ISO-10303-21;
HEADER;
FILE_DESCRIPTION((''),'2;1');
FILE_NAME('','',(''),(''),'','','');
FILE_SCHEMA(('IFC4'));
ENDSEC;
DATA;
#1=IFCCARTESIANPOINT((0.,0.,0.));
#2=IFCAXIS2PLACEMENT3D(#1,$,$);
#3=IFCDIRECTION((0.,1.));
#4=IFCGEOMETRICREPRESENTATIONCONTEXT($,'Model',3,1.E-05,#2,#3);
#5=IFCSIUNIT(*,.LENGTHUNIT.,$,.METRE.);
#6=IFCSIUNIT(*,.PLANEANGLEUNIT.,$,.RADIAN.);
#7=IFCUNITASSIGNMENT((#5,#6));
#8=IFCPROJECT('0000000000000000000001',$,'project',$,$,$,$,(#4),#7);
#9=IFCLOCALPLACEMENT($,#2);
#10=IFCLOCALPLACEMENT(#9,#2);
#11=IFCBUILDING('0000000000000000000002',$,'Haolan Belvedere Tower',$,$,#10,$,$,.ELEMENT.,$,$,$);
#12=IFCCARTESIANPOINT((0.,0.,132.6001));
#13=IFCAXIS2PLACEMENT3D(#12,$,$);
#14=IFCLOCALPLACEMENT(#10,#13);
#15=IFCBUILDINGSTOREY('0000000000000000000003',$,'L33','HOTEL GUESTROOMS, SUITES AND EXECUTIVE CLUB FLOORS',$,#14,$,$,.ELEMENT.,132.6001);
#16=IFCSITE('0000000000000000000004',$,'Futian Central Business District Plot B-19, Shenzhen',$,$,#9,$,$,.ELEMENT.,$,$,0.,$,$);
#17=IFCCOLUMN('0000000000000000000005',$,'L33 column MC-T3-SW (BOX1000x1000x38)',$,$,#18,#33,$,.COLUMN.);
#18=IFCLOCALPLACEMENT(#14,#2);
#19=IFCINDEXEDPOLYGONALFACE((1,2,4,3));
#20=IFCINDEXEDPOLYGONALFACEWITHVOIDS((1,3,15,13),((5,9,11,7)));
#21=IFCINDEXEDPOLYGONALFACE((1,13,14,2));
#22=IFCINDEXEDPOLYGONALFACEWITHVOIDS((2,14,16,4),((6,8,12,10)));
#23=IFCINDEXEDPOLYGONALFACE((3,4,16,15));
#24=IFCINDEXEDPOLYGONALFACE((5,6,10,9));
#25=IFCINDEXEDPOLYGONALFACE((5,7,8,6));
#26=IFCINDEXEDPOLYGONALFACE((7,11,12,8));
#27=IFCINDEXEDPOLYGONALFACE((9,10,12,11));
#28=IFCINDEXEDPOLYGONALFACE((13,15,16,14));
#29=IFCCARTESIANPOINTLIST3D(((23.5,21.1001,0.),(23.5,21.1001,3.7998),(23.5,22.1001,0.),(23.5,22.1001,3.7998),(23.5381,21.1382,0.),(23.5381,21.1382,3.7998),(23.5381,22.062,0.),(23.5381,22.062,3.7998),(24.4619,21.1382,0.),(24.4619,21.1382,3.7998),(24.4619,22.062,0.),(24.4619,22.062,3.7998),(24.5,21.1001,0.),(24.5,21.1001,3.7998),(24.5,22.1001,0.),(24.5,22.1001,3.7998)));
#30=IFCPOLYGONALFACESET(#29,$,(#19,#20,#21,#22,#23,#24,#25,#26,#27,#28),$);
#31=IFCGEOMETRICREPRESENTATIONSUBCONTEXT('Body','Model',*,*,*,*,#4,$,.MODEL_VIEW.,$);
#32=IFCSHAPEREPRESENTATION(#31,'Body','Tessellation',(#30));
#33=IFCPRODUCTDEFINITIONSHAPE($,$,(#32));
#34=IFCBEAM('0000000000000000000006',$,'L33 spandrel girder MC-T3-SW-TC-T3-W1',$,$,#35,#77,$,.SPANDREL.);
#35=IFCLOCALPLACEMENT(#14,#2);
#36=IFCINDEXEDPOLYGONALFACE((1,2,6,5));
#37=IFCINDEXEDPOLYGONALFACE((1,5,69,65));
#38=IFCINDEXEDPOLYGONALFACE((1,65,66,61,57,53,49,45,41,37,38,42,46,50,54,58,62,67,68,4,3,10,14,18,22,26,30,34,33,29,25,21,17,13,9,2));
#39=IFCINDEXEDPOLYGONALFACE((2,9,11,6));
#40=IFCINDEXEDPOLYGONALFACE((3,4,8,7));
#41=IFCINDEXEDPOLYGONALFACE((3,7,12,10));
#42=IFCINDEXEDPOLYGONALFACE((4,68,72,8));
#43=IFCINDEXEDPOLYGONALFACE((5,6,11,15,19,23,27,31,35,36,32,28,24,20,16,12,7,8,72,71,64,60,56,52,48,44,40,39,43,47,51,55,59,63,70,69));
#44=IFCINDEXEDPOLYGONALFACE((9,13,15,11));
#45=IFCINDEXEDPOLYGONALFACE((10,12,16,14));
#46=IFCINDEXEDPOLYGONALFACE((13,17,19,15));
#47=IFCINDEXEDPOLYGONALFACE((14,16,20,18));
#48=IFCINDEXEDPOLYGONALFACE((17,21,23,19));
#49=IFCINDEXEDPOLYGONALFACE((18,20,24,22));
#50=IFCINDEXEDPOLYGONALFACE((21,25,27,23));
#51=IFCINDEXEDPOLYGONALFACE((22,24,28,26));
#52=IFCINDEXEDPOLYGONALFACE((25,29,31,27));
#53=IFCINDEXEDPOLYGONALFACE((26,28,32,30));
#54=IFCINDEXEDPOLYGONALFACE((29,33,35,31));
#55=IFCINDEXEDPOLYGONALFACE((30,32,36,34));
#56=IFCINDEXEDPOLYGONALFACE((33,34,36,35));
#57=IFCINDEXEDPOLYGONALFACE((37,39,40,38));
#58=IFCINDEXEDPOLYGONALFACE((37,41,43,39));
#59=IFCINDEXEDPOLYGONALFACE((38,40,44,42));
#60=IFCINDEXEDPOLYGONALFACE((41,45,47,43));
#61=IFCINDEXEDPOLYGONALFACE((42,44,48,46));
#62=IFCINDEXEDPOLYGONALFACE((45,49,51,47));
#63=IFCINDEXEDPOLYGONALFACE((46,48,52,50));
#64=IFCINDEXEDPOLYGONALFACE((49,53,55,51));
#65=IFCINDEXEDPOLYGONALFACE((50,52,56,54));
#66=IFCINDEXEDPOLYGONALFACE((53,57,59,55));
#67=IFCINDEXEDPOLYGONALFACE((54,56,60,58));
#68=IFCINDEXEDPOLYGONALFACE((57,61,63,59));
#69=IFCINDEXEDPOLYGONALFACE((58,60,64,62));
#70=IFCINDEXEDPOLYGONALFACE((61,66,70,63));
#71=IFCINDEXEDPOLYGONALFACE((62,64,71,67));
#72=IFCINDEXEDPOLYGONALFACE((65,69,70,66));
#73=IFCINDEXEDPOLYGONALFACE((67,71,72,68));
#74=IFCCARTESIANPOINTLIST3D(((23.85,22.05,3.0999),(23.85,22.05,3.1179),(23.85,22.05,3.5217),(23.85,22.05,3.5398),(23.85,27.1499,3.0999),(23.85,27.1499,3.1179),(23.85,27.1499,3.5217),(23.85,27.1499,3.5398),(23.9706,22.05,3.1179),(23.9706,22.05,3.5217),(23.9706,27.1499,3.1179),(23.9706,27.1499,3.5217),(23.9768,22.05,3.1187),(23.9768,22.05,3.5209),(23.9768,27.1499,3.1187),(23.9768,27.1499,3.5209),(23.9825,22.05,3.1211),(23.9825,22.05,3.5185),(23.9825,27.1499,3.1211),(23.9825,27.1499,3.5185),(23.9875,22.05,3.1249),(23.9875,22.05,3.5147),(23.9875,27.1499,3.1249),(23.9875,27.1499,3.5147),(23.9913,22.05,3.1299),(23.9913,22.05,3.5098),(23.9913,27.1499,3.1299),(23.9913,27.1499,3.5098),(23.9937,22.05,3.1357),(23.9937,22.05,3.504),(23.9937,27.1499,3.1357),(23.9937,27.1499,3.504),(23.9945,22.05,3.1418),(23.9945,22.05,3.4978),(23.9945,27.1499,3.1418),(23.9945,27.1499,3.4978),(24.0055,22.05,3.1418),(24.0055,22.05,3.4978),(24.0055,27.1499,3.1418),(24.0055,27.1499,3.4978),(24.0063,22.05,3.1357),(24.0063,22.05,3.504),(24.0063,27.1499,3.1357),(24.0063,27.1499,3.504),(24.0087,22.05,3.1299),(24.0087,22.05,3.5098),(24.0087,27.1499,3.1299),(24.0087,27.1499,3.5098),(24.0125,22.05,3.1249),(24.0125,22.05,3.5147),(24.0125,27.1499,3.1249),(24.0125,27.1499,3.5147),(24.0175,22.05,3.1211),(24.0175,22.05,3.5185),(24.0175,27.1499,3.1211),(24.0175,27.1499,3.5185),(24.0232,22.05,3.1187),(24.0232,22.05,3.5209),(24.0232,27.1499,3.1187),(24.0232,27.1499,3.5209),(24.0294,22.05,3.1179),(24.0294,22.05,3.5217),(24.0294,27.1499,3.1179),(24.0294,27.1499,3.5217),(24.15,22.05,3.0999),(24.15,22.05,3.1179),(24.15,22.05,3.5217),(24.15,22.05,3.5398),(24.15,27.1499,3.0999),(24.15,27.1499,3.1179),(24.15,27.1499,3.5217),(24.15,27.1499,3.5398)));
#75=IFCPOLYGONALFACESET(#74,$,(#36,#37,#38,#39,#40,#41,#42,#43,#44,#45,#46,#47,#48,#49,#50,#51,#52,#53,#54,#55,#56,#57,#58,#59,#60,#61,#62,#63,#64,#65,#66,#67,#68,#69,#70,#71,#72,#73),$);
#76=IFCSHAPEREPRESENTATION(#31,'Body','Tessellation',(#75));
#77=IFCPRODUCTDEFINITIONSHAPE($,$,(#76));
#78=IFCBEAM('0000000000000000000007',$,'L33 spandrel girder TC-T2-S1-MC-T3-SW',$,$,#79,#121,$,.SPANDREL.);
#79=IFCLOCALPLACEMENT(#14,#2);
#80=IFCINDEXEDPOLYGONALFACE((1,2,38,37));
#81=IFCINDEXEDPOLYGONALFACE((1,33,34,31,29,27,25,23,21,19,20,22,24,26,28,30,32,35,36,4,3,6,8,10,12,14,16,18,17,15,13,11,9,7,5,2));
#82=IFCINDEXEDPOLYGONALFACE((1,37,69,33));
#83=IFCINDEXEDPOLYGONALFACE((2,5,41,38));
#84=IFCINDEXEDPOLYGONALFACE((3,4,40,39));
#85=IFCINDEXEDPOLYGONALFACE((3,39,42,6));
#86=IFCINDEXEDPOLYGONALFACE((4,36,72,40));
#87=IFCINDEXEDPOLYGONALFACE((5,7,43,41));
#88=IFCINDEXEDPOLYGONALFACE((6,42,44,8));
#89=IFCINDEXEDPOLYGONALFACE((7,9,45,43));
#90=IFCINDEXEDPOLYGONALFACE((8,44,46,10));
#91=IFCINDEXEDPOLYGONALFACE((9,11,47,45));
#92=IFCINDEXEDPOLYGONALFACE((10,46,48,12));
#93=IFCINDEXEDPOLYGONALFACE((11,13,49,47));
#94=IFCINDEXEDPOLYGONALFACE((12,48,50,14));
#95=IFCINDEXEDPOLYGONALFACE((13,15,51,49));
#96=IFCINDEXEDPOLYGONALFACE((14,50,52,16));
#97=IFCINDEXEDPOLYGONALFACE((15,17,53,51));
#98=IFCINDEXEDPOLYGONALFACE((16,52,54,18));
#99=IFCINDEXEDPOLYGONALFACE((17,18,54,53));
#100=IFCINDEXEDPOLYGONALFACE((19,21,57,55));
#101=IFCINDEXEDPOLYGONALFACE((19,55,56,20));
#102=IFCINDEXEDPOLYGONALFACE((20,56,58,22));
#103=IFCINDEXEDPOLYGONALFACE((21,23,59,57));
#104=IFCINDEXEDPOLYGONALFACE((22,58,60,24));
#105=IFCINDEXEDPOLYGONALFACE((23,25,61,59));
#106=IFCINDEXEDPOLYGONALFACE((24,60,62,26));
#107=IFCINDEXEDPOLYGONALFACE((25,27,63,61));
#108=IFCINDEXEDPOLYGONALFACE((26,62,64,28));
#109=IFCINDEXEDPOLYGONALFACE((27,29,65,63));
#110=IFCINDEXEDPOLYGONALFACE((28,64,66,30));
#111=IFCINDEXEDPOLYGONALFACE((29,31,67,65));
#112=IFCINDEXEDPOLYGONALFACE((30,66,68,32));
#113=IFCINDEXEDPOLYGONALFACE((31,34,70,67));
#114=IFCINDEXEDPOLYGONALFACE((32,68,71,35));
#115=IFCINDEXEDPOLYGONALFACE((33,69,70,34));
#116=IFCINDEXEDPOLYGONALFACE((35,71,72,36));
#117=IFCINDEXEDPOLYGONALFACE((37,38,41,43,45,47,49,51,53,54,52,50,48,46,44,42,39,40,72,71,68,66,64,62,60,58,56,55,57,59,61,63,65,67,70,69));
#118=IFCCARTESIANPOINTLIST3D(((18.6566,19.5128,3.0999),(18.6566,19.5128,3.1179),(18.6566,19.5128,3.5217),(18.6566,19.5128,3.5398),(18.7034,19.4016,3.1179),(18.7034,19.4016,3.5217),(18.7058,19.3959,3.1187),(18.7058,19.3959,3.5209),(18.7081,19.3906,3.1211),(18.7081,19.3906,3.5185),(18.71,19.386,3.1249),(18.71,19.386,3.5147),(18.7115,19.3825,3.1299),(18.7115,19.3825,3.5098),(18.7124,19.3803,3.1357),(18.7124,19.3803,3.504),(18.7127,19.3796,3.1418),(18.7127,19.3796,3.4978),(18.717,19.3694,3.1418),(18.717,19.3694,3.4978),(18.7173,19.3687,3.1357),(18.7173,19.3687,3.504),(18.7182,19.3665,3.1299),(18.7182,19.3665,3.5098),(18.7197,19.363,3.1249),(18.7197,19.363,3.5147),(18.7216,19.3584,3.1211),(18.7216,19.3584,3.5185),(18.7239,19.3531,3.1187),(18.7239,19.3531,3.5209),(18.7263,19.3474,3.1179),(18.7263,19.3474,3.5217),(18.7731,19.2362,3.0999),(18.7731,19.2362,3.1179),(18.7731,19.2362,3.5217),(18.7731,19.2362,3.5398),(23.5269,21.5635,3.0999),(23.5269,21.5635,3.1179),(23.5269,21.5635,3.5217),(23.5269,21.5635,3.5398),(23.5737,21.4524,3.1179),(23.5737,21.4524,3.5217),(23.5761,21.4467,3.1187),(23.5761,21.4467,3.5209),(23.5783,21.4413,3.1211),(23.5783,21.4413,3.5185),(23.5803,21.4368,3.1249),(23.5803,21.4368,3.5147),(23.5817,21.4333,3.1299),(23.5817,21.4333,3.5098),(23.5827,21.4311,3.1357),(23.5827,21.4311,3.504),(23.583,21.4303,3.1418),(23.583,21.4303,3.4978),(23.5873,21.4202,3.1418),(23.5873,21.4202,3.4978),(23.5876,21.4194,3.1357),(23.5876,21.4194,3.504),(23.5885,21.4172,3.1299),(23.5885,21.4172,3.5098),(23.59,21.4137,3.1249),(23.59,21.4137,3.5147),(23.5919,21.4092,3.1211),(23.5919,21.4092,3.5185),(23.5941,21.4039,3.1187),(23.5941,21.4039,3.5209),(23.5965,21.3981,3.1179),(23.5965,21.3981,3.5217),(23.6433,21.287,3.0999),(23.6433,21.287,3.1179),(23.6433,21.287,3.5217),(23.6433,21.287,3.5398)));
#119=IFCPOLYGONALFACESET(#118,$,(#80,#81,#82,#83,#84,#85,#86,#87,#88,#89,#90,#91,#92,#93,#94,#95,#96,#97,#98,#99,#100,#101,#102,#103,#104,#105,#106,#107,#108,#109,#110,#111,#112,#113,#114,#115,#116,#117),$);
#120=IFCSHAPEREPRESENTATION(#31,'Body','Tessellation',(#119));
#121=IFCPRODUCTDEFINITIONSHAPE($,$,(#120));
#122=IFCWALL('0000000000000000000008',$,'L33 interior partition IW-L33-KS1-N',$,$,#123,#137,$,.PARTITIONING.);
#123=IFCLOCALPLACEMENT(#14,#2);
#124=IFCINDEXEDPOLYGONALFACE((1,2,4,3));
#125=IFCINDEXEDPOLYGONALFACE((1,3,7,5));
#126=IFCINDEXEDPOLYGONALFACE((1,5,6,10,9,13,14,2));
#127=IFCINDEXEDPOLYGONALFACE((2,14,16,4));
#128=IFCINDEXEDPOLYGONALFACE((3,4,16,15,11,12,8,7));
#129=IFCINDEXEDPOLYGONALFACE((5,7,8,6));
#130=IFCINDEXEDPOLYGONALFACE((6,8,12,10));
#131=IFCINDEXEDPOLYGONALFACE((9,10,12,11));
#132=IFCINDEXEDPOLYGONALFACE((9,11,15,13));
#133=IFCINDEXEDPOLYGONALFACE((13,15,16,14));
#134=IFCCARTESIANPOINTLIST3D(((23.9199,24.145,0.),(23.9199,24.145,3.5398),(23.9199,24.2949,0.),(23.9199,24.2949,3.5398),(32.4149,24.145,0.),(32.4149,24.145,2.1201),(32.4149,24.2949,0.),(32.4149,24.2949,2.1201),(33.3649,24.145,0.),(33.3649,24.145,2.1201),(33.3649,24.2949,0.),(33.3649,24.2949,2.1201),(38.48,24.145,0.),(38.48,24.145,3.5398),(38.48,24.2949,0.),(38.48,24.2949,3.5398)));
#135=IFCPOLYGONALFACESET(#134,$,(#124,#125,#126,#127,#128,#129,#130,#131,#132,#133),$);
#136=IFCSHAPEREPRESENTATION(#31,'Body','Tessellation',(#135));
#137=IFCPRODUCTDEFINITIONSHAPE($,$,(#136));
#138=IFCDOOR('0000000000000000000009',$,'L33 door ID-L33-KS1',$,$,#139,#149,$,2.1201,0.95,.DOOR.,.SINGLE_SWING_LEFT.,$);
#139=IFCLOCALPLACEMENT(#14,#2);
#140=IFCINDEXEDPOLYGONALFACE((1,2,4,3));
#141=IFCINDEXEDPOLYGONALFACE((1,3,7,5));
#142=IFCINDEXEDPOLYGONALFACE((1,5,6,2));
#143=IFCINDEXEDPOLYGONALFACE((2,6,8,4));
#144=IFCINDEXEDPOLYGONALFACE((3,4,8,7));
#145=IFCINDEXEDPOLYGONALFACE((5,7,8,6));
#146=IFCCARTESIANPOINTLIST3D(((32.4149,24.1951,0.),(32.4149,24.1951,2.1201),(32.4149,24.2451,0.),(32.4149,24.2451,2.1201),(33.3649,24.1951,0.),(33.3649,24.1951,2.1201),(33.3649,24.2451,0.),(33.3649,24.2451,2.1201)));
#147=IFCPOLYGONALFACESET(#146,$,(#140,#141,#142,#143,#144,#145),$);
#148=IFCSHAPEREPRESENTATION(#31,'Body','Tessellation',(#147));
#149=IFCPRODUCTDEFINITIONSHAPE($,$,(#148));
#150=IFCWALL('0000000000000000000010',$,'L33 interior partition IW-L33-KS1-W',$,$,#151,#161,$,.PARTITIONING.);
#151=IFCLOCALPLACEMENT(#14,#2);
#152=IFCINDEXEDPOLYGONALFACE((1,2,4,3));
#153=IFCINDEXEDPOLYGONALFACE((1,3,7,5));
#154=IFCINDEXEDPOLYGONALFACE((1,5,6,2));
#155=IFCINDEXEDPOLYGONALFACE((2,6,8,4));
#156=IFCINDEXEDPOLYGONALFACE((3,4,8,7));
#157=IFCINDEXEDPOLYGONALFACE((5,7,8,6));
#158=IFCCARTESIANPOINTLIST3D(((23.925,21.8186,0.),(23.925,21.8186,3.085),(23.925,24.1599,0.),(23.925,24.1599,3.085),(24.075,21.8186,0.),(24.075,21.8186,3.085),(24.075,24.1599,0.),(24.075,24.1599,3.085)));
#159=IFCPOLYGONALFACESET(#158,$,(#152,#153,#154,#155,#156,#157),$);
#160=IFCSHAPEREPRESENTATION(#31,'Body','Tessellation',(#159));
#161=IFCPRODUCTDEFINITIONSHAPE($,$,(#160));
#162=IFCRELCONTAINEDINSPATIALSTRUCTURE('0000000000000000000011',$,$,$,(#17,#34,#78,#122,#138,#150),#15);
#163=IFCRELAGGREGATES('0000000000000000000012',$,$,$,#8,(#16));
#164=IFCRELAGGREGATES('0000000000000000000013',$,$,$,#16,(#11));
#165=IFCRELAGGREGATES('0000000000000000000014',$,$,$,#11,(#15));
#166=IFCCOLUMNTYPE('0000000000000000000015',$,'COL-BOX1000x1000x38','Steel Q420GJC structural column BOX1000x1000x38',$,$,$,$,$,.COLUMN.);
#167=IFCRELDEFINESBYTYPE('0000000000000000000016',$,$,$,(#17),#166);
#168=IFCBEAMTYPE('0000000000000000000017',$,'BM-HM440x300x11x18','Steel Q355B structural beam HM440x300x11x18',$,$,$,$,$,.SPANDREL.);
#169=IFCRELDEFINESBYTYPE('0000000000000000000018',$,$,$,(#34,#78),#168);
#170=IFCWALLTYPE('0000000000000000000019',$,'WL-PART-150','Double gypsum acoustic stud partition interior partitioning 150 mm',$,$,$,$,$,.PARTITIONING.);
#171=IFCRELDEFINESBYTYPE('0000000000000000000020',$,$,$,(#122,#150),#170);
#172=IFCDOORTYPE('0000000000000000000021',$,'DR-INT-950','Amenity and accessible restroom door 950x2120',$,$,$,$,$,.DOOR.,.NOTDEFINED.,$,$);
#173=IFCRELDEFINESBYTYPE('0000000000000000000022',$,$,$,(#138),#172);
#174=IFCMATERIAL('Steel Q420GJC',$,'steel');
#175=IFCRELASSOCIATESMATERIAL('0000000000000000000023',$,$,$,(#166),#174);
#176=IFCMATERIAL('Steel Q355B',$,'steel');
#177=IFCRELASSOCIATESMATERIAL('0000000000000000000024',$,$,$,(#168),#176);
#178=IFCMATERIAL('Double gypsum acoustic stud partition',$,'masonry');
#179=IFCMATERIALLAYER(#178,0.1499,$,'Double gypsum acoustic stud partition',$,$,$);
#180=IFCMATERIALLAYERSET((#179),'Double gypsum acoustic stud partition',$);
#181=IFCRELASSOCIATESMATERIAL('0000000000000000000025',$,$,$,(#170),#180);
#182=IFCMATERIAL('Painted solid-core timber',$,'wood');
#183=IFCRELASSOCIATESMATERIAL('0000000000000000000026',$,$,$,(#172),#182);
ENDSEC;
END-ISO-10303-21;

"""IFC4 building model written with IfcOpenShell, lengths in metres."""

from ifc_helpers import new_model, si_unit, direction, frame, frame_2d, origin, origin_2d, place, context, subcontext, project, spatial, rectangle, hollow_rectangle, i_section, extrude, material, layer, layer_set, material_profile, profile_set, type_object, element, fill, save


model = new_model("IFC4")

# Units and contexts
model_context = context("Model", 3, precision=1e-05, world=origin(), true_north=direction((0.0, 1.0)))
body_context = subcontext(model_context, "Body", "Model", "MODEL_VIEW")
ifc_project = project(units=[si_unit("LENGTHUNIT", "METRE"), si_unit("PLANEANGLEUNIT", "RADIAN")], contexts=[model_context])

# Site, building, storey
site_placement = place(None, origin())
site = spatial("IfcSite", under=ifc_project, at=site_placement, Name="Futian Central Business District Plot B-19, Shenzhen", CompositionType="ELEMENT", RefElevation=0.0)
building_placement = place(site_placement, origin())
building = spatial("IfcBuilding", under=site, at=building_placement, Name="Haolan Belvedere Tower", CompositionType="ELEMENT")
storey_placement = place(building_placement, frame((0.0, 0.0, 132.6001)))
storey = spatial("IfcBuildingStorey", under=building, at=storey_placement, Name="L33", Description="HOTEL GUESTROOMS, SUITES AND EXECUTIVE CLUB FLOORS", CompositionType="ELEMENT", Elevation=132.6001)

# Column
ifc_material_1 = material(Name="Steel Q420GJC", Category="steel")
ifc_material_profile_1 = material_profile(ifc_material_1, hollow_rectangle(XDim=1.0, YDim=1.0, WallThickness=0.0381, at=origin_2d()), Name="Steel Q420GJC")
ifc_profile_set_1 = profile_set([ifc_material_profile_1], Name="Steel Q420GJC")
column_type = type_object("IfcColumnType", Name="COL-BOX1000x1000x38", Description="Steel Q420GJC structural column BOX1000x1000x38", PredefinedType="COLUMN", material=ifc_profile_set_1)
column_placement = place(storey_placement, frame((24.0, 21.6001, 0.0), z_axis=(0.0, 0.0, 1.0), x_axis=(1.0, 0.0, 0.0)))
element("IfcColumn", 1, at=column_placement, inside=storey, type_object=column_type, Name="L33 column MC-T3-SW (BOX1000x1000x38)", PredefinedType="COLUMN", context=body_context, shape_type="SweptSolid", body=[
    extrude(hollow_rectangle(XDim=1.0, YDim=1.0, WallThickness=0.0381, at=origin_2d()), origin(), (0.0, 0.0, 1.0), 3.7998),
])

# Beams
ifc_material_2 = material(Name="Steel Q355B", Category="steel")
ifc_material_profile_2 = material_profile(ifc_material_2, i_section(OverallWidth=0.3, OverallDepth=0.4399, WebThickness=0.011, FlangeThickness=0.0181, FilletRadius=0.0239, at=origin_2d()), Name="Steel Q355B")
ifc_profile_set_2 = profile_set([ifc_material_profile_2], Name="Steel Q355B")
beam_type = type_object("IfcBeamType", Name="BM-HM440x300x11x18", Description="Steel Q355B structural beam HM440x300x11x18", PredefinedType="SPANDREL", material=ifc_profile_set_2)
beam_1_placement = place(storey_placement, frame((24.0, 22.05, 3.3198), z_axis=(0.0, 1.0, 0.0), x_axis=(-1.0, 0.0, 0.0)))
element("IfcBeam", 2, at=beam_1_placement, inside=storey, type_object=beam_type, Name="L33 spandrel girder MC-T3-SW-TC-T3-W1", PredefinedType="SPANDREL", context=body_context, shape_type="SweptSolid", body=[
    extrude(i_section(OverallWidth=0.3, OverallDepth=0.4399, WebThickness=0.011, FlangeThickness=0.0181, FilletRadius=0.0239, at=origin_2d()), origin(), (0.0, 0.0, 1.0), 5.0999),
])
beam_2_placement = place(storey_placement, frame((18.7148, 19.3745, 3.3198), z_axis=(0.921628, 0.388074, 0.0), x_axis=(-0.388074, 0.921628, 0.0)))
element("IfcBeam", 3, at=beam_2_placement, inside=storey, type_object=beam_type, Name="L33 spandrel girder TC-T2-S1-MC-T3-SW", PredefinedType="SPANDREL", context=body_context, shape_type="SweptSolid", body=[
    extrude(i_section(OverallWidth=0.3, OverallDepth=0.4399, WebThickness=0.011, FlangeThickness=0.0181, FilletRadius=0.0239, at=origin_2d()), origin(), (0.0, 0.0, 1.0), 5.2844),
])

# Wall, opening, door
ifc_material_3 = material(Name="Double gypsum acoustic stud partition", Category="masonry")
ifc_layer = layer(ifc_material_3, 0.1499, Name="Double gypsum acoustic stud partition")
ifc_layer_set = layer_set([ifc_layer], Name="Double gypsum acoustic stud partition")
wall_type = type_object("IfcWallType", Name="WL-PART-150", Description="Double gypsum acoustic stud partition interior partitioning 150 mm", PredefinedType="PARTITIONING", material=ifc_layer_set)
wall_1_placement = place(storey_placement, frame((23.9199, 24.22, 0.0), z_axis=(0.0, 0.0, 1.0), x_axis=(1.0, 0.0, 0.0)))
wall_1 = element("IfcWall", 4, at=wall_1_placement, inside=storey, type_object=wall_type, Name="L33 interior partition IW-L33-KS1-N", PredefinedType="PARTITIONING", context=body_context, shape_type="SweptSolid", body=[
    extrude(rectangle(XDim=14.5601, YDim=0.1499, at=frame_2d((7.28, 0.0))), origin(), (0.0, 0.0, 1.0), 3.5398),
])
opening_1_placement = place(wall_1_placement, frame((9.4451, 0.0, 0.0), z_axis=(0.0, 0.0, 1.0), x_axis=(-1.0, 0.0, 0.0)))
opening_1 = element("IfcOpeningElement", 5, at=opening_1_placement, cuts=wall_1, PredefinedType="OPENING", context=body_context, shape_type="SweptSolid", body=[
    extrude(rectangle(XDim=0.95, YDim=2.1201, at=frame_2d((0.4751, 1.0601))), frame((0.0, 0.085, 0.0), z_axis=(0.0, -1.0, 0.0), x_axis=(1.0, 0.0, 0.0)), (0.0, 0.0, 1.0), 0.1699),
])
ifc_material_4 = material(Name="Painted solid-core timber", Category="wood")
door_type = type_object("IfcDoorType", Name="DR-INT-950", Description="Amenity and accessible restroom door 950x2120", OperationType="NOTDEFINED", PredefinedType="DOOR", material=ifc_material_4)
door_1_placement = place(opening_1_placement, origin())
door_1 = element("IfcDoor", 6, at=door_1_placement, inside=storey, type_object=door_type, Name="L33 door ID-L33-KS1", OperationType="SINGLE_SWING_LEFT", OverallHeight=2.1201, OverallWidth=0.95, PredefinedType="DOOR", context=body_context, shape_type="SweptSolid", body=[
    extrude(rectangle(XDim=0.95, YDim=2.1201, at=frame_2d((0.4751, 1.0601))), frame((0.0, 0.0249, 0.0), z_axis=(0.0, -1.0, 0.0), x_axis=(1.0, 0.0, 0.0)), (0.0, 0.0, 1.0), 0.05),
])
fill(opening_1, door_1)

# Wall
wall_2_placement = place(storey_placement, frame((24.0, 21.8186, 0.0), z_axis=(0.0, 0.0, 1.0), x_axis=(0.0, 1.0, 0.0)))
element("IfcWall", 7, at=wall_2_placement, inside=storey, type_object=wall_type, Name="L33 interior partition IW-L33-KS1-W", PredefinedType="PARTITIONING", context=body_context, shape_type="SweptSolid", body=[
    extrude(rectangle(XDim=2.3413, YDim=0.1499, at=frame_2d((1.1707, 0.0))), origin(), (0.0, 0.0, 1.0), 3.085),
])

save(model, "model.ifc")
